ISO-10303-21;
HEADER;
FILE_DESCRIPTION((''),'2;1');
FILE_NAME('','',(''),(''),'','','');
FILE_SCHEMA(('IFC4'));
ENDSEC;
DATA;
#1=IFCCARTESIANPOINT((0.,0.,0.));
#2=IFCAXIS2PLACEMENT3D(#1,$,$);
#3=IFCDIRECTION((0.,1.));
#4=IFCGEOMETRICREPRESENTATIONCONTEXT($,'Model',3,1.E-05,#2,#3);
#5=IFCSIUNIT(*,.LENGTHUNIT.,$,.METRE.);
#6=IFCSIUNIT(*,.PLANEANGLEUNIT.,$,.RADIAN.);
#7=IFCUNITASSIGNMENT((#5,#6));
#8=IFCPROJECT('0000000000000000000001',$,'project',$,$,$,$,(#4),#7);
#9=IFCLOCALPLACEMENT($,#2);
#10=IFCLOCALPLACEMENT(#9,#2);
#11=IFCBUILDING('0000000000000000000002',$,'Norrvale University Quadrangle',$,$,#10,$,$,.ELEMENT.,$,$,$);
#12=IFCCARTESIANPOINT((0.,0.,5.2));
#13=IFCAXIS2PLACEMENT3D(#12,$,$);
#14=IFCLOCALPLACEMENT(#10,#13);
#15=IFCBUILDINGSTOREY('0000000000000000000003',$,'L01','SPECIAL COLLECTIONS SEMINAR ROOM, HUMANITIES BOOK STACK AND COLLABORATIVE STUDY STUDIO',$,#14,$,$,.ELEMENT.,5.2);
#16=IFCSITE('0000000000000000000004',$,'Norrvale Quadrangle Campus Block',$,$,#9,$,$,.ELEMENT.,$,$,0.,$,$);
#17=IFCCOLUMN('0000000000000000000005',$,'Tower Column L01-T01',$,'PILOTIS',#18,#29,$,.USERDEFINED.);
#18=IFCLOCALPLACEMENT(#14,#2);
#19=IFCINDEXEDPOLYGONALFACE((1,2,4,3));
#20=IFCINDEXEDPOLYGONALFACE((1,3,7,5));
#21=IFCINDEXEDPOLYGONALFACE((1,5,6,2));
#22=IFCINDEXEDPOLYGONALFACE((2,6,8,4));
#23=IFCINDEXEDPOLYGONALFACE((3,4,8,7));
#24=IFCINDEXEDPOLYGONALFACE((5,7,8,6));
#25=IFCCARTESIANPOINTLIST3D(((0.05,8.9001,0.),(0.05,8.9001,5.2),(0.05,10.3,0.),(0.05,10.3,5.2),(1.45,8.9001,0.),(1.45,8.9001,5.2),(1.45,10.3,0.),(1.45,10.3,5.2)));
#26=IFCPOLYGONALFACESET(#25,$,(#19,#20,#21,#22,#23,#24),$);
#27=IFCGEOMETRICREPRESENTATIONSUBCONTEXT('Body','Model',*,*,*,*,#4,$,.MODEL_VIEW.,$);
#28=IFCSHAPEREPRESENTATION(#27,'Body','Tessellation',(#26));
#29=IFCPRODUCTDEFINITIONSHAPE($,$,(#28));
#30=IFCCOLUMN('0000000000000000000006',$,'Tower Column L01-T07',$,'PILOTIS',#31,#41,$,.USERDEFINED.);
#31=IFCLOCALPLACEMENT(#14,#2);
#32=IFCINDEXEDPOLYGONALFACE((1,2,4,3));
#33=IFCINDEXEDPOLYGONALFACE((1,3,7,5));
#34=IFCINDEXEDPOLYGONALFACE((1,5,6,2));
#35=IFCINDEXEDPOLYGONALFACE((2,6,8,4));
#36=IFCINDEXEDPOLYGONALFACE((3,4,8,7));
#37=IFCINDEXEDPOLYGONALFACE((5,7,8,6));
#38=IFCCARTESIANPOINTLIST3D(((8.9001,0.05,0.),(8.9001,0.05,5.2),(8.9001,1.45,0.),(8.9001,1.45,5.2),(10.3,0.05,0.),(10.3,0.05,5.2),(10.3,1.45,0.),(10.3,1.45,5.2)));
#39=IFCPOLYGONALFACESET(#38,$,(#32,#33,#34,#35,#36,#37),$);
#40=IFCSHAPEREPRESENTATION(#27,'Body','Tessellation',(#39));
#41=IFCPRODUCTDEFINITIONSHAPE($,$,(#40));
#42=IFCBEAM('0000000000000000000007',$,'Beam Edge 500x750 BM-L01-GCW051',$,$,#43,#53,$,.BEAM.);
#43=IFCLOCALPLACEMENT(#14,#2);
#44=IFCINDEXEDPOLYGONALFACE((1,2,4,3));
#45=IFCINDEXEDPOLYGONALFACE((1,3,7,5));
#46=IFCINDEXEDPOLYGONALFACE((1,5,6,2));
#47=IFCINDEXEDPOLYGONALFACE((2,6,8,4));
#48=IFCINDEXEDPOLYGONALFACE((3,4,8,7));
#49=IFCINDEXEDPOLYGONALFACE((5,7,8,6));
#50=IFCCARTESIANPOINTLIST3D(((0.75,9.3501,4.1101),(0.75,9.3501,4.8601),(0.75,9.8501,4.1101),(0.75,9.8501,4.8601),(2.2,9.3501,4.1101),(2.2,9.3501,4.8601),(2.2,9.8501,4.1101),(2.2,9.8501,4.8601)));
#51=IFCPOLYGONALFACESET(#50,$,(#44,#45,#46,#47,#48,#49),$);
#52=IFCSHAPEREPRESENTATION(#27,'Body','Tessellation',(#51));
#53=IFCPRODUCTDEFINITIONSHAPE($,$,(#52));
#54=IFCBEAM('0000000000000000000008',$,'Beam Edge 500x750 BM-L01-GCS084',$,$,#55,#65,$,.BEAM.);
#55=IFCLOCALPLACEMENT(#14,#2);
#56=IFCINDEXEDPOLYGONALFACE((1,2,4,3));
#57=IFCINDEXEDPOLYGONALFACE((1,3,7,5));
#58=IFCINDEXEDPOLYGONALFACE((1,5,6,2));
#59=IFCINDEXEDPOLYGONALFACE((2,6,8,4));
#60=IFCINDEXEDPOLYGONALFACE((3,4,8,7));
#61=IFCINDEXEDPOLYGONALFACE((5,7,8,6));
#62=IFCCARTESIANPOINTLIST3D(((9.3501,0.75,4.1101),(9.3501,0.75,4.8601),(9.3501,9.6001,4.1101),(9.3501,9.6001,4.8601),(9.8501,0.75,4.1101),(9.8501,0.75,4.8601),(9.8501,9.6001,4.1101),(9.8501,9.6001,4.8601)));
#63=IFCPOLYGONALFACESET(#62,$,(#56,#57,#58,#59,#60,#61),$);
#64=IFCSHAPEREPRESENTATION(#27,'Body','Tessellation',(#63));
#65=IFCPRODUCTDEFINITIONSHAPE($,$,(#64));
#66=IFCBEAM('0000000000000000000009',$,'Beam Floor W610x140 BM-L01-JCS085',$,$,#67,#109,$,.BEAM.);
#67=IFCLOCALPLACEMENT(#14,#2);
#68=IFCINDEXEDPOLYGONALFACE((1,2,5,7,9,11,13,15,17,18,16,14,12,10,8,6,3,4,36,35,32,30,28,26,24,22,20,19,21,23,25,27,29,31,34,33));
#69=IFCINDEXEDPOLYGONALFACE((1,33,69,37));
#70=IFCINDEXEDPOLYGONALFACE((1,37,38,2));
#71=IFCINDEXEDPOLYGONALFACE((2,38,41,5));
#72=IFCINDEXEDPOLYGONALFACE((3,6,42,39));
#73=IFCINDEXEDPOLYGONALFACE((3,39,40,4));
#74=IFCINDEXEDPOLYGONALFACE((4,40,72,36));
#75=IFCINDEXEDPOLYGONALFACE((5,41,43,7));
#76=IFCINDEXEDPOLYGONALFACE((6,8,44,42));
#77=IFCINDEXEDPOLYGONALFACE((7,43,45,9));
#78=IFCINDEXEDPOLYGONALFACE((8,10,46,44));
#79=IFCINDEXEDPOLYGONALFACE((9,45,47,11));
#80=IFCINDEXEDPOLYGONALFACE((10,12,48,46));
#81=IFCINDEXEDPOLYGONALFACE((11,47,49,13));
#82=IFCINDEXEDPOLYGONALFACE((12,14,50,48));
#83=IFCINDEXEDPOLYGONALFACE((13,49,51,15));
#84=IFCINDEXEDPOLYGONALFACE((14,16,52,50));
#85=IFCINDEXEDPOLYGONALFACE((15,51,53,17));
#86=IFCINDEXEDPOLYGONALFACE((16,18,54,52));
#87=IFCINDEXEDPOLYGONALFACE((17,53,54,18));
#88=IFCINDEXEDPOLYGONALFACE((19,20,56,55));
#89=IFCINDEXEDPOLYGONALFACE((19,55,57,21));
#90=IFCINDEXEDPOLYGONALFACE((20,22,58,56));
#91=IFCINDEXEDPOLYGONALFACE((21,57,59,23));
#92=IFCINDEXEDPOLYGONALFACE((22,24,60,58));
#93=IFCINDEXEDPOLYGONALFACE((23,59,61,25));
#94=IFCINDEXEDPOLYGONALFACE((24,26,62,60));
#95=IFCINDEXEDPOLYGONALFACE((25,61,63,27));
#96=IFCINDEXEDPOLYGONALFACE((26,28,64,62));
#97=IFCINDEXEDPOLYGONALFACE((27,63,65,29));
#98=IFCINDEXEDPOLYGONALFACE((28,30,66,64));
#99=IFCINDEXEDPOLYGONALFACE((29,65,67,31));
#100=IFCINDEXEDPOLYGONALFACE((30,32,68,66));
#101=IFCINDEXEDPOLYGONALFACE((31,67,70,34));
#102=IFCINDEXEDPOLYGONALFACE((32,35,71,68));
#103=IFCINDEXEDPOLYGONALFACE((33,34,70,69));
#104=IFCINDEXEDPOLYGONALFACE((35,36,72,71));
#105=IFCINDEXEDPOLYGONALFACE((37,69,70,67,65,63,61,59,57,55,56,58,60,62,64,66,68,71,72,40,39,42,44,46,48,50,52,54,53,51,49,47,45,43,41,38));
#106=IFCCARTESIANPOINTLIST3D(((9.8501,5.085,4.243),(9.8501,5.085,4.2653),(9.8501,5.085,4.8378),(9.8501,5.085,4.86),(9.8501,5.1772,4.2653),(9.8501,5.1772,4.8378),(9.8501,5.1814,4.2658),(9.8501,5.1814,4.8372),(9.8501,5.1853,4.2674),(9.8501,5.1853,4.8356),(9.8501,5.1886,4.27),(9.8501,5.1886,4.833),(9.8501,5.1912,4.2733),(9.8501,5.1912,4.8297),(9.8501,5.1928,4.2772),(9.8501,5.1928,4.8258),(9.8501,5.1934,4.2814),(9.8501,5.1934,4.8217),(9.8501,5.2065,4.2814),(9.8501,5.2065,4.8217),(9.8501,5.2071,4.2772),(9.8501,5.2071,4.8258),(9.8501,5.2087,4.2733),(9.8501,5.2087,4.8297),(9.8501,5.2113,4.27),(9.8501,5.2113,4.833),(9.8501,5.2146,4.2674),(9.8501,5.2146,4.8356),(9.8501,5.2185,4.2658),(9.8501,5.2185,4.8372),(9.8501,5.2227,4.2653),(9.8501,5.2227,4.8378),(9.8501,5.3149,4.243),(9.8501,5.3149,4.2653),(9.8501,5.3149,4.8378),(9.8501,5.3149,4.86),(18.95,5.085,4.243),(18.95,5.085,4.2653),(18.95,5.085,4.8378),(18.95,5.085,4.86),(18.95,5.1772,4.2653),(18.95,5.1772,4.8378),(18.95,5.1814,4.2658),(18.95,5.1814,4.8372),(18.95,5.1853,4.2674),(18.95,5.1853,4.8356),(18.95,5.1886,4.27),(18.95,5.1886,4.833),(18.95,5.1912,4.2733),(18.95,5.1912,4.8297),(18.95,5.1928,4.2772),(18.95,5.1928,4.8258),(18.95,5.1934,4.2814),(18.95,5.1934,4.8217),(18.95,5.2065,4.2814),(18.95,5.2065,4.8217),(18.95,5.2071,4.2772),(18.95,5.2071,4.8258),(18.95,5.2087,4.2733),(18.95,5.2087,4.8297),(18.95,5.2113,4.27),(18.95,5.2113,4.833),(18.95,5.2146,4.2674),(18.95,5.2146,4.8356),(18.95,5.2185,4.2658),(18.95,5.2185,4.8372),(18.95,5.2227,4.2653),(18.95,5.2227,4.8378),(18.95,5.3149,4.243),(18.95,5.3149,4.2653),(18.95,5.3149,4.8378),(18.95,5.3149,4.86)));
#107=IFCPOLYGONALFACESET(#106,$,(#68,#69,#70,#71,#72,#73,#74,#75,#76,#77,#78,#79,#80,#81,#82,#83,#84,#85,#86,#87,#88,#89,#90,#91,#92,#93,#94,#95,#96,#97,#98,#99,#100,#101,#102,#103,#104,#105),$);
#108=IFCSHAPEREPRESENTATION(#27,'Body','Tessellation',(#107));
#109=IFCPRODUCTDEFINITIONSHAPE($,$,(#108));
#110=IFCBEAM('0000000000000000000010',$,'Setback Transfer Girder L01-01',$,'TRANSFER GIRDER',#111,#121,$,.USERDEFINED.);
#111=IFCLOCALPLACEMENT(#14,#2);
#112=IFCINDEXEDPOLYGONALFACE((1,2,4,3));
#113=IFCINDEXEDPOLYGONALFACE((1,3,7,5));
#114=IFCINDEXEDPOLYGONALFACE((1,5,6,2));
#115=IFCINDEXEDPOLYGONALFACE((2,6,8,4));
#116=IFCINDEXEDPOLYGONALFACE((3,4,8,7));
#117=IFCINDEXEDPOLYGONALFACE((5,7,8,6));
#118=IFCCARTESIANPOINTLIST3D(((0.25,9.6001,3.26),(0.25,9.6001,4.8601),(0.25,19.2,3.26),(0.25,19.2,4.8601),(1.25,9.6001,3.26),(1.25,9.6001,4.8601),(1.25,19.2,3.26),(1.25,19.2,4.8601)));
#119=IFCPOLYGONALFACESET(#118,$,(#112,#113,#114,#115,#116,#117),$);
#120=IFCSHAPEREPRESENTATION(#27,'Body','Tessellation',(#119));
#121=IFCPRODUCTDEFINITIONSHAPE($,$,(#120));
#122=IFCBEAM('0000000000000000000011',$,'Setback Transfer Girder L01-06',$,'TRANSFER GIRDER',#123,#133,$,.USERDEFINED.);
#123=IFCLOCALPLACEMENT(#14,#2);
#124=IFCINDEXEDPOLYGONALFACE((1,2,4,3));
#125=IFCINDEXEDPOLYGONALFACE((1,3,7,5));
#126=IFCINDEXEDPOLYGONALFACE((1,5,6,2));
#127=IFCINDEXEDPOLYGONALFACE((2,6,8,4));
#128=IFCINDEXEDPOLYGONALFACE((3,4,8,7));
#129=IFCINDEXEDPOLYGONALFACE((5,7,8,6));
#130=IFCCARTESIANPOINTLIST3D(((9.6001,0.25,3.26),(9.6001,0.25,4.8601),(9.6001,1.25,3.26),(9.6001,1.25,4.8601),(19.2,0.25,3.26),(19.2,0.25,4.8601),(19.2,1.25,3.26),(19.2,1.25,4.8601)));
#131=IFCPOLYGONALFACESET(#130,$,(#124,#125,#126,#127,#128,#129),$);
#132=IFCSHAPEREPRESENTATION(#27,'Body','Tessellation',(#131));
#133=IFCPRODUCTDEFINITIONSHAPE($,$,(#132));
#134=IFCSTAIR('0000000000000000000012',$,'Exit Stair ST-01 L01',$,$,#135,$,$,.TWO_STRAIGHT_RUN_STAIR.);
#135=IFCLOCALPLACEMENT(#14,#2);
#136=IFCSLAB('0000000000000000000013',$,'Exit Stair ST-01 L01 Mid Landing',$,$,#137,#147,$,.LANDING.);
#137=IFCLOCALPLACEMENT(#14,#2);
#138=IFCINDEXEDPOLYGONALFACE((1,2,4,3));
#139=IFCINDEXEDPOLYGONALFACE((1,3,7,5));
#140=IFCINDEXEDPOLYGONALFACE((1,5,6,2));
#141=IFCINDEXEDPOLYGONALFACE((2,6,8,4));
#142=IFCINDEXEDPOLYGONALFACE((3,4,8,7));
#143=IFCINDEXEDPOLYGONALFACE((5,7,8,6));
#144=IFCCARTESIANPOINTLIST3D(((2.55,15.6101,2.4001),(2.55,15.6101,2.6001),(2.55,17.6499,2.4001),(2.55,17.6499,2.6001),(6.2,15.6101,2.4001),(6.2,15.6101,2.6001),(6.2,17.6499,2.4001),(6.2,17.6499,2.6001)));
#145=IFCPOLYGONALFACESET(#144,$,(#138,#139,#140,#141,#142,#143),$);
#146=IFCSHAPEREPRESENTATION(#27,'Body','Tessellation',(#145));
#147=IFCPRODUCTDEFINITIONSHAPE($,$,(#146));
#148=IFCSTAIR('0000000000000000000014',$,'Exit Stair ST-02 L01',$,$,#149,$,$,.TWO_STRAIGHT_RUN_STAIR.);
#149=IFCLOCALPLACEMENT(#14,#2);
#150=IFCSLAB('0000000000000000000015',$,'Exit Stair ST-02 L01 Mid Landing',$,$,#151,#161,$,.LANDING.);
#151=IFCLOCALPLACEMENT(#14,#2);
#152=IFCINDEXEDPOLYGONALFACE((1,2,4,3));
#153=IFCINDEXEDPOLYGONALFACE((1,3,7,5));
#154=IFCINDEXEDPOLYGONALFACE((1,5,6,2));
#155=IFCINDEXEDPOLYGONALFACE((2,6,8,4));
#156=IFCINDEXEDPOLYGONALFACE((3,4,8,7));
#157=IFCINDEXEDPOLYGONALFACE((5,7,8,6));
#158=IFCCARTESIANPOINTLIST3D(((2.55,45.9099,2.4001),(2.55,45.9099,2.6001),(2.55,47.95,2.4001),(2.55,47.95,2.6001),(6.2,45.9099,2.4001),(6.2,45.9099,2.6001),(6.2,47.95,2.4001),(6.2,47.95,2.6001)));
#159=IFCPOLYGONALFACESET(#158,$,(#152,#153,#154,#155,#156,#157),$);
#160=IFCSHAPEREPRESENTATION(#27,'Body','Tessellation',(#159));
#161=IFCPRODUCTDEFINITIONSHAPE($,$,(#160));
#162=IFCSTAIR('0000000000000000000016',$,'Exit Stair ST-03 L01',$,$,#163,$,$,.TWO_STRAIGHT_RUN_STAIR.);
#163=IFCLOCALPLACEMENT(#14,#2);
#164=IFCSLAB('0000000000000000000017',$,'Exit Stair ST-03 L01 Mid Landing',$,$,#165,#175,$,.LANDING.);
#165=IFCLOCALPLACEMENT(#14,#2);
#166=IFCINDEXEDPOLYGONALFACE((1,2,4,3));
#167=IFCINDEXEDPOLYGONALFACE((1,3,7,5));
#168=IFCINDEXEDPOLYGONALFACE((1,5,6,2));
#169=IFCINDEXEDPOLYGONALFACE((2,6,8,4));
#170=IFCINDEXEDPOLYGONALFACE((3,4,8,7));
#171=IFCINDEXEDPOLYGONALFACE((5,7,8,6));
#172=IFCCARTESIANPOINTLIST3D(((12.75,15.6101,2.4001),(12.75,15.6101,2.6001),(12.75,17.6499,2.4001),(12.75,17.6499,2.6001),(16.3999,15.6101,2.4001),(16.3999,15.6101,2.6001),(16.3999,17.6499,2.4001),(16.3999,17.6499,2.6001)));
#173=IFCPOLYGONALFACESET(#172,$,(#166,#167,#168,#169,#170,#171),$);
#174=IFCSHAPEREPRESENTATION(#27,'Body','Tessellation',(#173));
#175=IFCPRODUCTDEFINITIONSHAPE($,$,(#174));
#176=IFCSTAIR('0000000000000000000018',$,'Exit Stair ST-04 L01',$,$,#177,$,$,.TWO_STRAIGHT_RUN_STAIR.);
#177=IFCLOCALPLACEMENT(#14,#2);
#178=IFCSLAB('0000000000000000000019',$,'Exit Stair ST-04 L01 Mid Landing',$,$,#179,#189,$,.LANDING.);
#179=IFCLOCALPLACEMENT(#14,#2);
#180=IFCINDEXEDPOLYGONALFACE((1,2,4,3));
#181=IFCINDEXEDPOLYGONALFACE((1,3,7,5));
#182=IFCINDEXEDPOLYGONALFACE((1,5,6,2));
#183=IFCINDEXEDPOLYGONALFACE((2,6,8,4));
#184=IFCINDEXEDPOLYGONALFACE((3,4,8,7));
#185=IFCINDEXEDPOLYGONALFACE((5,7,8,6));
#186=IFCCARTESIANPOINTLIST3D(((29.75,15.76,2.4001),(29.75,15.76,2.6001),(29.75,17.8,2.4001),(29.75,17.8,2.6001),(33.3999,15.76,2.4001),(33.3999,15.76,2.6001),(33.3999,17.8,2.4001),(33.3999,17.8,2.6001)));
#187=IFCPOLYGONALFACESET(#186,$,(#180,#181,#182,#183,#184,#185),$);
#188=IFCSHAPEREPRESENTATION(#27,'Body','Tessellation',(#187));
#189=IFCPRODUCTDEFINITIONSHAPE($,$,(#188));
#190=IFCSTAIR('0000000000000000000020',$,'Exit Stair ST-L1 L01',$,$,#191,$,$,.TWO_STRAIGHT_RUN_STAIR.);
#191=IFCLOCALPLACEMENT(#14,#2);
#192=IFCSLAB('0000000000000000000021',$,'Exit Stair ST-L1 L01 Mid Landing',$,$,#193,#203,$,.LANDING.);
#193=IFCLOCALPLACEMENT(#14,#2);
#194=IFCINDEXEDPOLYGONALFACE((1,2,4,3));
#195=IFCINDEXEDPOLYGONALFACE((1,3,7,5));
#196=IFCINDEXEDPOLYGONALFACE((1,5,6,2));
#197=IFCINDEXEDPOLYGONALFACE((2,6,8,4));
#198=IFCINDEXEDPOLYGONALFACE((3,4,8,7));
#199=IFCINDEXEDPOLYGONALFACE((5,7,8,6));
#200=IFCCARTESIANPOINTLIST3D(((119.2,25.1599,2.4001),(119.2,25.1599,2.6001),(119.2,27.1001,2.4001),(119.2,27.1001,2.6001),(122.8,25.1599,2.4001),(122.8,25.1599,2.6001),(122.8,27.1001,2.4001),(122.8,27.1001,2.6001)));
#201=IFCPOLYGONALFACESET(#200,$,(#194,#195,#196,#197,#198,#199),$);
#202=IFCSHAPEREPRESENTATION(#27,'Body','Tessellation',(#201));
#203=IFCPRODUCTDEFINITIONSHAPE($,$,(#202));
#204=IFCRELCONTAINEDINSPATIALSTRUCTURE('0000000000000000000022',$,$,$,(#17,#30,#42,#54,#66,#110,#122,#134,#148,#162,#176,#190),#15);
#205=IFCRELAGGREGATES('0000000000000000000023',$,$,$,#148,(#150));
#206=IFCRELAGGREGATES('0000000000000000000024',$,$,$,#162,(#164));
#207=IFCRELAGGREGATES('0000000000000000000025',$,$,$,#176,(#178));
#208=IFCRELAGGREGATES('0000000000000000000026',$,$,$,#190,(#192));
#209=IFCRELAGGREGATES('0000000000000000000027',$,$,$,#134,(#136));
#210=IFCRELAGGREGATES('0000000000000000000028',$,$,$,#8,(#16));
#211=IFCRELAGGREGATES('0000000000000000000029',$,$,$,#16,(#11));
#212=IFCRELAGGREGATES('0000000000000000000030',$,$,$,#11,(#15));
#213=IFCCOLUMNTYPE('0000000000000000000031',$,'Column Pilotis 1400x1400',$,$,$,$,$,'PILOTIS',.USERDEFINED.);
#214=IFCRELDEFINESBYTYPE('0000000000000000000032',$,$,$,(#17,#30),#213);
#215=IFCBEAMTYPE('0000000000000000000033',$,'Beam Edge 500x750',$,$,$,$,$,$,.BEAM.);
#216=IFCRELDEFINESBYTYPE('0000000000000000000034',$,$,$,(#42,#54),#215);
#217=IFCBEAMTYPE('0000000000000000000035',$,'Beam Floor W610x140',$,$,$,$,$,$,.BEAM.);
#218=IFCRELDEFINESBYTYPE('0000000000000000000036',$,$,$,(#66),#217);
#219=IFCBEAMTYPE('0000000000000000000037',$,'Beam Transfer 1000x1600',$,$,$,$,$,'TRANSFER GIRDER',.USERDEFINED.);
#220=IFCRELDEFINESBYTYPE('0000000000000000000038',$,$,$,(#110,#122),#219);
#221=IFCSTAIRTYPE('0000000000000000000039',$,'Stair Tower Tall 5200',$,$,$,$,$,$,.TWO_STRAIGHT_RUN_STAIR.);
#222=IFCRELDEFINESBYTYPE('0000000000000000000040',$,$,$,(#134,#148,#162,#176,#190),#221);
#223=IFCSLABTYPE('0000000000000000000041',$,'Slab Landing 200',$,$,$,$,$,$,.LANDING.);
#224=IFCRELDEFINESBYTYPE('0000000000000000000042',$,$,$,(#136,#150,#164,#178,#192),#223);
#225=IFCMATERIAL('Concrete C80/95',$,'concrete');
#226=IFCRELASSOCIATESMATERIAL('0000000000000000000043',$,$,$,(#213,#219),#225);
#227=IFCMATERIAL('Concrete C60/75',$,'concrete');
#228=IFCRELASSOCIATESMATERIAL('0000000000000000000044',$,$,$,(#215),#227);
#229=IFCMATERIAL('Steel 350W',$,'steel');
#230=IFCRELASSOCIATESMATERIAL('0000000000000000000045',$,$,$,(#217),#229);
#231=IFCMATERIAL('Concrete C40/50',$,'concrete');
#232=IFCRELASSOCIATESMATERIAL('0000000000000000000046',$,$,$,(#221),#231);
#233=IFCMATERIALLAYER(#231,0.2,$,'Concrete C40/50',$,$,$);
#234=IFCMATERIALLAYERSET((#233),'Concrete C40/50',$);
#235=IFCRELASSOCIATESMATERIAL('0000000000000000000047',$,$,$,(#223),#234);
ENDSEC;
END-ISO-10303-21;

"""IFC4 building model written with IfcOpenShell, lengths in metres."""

from ifc_helpers import new_model, si_unit, direction, frame, origin, origin_2d, place, context, subcontext, project, spatial, polyline, rectangle, i_section, outline, extrude, material, layer, layer_set, material_profile, profile_set, type_object, element, aggregate, save


model = new_model("IFC4")

# Units and contexts
model_context = context("Model", 3, precision=1e-05, world=origin(), true_north=direction((0.0, 1.0)))
body_context = subcontext(model_context, "Body", "Model", "MODEL_VIEW")
ifc_project = project(units=[si_unit("LENGTHUNIT", "METRE"), si_unit("PLANEANGLEUNIT", "RADIAN")], contexts=[model_context])

# Site, building, storey
site_placement = place(None, origin())
site = spatial("IfcSite", under=ifc_project, at=site_placement, Name="Norrvale Quadrangle Campus Block", CompositionType="ELEMENT", RefElevation=0.0)
building_placement = place(site_placement, origin())
building = spatial("IfcBuilding", under=site, at=building_placement, Name="Norrvale University Quadrangle", CompositionType="ELEMENT")
storey_placement = place(building_placement, frame((0.0, 0.0, 5.2)))
storey = spatial("IfcBuildingStorey", under=building, at=storey_placement, Name="L01", Description="SPECIAL COLLECTIONS SEMINAR ROOM, HUMANITIES BOOK STACK AND COLLABORATIVE STUDY STUDIO", CompositionType="ELEMENT", Elevation=5.2)

# Columns
ifc_material_1 = material(Name="Concrete C80/95", Category="concrete")
ifc_material_profile_1 = material_profile(ifc_material_1, rectangle(XDim=1.3999, YDim=1.3999, at=origin_2d()), Name="Concrete C80/95")
ifc_profile_set_1 = profile_set([ifc_material_profile_1], Name="Concrete C80/95")
column_type = type_object("IfcColumnType", Name="Column Pilotis 1400x1400", ElementType="PILOTIS", PredefinedType="USERDEFINED", material=ifc_profile_set_1)
for number, where, z_axis, x_axis, name in (
    (1, (0.75, 9.6001, 0.0), (0.0, 0.0, 1.0), (1.0, 0.0, 0.0), "Tower Column L01-T01"),
    (2, (9.6001, 0.75, 0.0), (0.0, 0.0, 1.0), (1.0, 0.0, 0.0), "Tower Column L01-T07"),
):
    element("IfcColumn", number, at=place(storey_placement, frame(where, z_axis=z_axis, x_axis=x_axis)), inside=storey, type_object=column_type, Name=name, ObjectType="PILOTIS", PredefinedType="USERDEFINED", context=body_context, shape_type="SweptSolid", body=[
        extrude(rectangle(XDim=1.3999, YDim=1.3999, at=origin_2d()), origin(), (0.0, 0.0, 1.0), 5.2),
    ])

# Beams
ifc_material_2 = material(Name="Concrete C60/75", Category="concrete")
ifc_material_profile_2 = material_profile(ifc_material_2, rectangle(XDim=0.5, YDim=0.75, at=origin_2d()), Name="Concrete C60/75")
ifc_profile_set_2 = profile_set([ifc_material_profile_2], Name="Concrete C60/75")
beam_type_1 = type_object("IfcBeamType", Name="Beam Edge 500x750", PredefinedType="BEAM", material=ifc_profile_set_2)
beam_1_placement = place(storey_placement, frame((0.75, 9.6001, 4.4851), z_axis=(1.0, 0.0, 0.0), x_axis=(0.0, 1.0, 0.0)))
element("IfcBeam", 3, at=beam_1_placement, inside=storey, type_object=beam_type_1, Name="Beam Edge 500x750 BM-L01-GCW051", PredefinedType="BEAM", context=body_context, shape_type="SweptSolid", body=[
    extrude(rectangle(XDim=0.5, YDim=0.75, at=origin_2d()), origin(), (0.0, 0.0, 1.0), 1.45),
])
beam_2_placement = place(storey_placement, frame((9.6001, 0.75, 4.4851), z_axis=(0.0, 1.0, 0.0), x_axis=(-1.0, 0.0, 0.0)))
element("IfcBeam", 4, at=beam_2_placement, inside=storey, type_object=beam_type_1, Name="Beam Edge 500x750 BM-L01-GCS084", PredefinedType="BEAM", context=body_context, shape_type="SweptSolid", body=[
    extrude(rectangle(XDim=0.5, YDim=0.75, at=origin_2d()), origin(), (0.0, 0.0, 1.0), 8.8501),
])
ifc_material_3 = material(Name="Steel 350W", Category="steel")
ifc_material_profile_3 = material_profile(ifc_material_3, i_section(OverallWidth=0.23, OverallDepth=0.6169, WebThickness=0.0132, FlangeThickness=0.0222, FilletRadius=0.0161, at=origin_2d()), Name="Steel 350W")
ifc_profile_set_3 = profile_set([ifc_material_profile_3], Name="Steel 350W")
beam_type_2 = type_object("IfcBeamType", Name="Beam Floor W610x140", PredefinedType="BEAM", material=ifc_profile_set_3)
beam_3_placement = place(storey_placement, frame((9.8501, 5.2, 4.5515), z_axis=(1.0, 0.0, 0.0), x_axis=(0.0, 1.0, 0.0)))
element("IfcBeam", 5, at=beam_3_placement, inside=storey, type_object=beam_type_2, Name="Beam Floor W610x140 BM-L01-JCS085", PredefinedType="BEAM", context=body_context, shape_type="SweptSolid", body=[
    extrude(i_section(OverallWidth=0.23, OverallDepth=0.6169, WebThickness=0.0132, FlangeThickness=0.0222, FilletRadius=0.0161, at=origin_2d()), origin(), (0.0, 0.0, 1.0), 9.0999),
])
ifc_material_profile_4 = material_profile(ifc_material_1, rectangle(XDim=1.0, YDim=1.6001, at=origin_2d()), Name="Concrete C80/95")
ifc_profile_set_4 = profile_set([ifc_material_profile_4], Name="Concrete C80/95")
beam_type_3 = type_object("IfcBeamType", Name="Beam Transfer 1000x1600", ElementType="TRANSFER GIRDER", PredefinedType="USERDEFINED", material=ifc_profile_set_4)
for number, where, z_axis, x_axis, name in (
    (6, (0.75, 9.6001, 4.0601), (0.0, 1.0, 0.0), (-1.0, 0.0, 0.0), "Setback Transfer Girder L01-01"),
    (7, (9.6001, 0.75, 4.0601), (1.0, 0.0, 0.0), (0.0, 1.0, 0.0), "Setback Transfer Girder L01-06"),
):
    element("IfcBeam", number, at=place(storey_placement, frame(where, z_axis=z_axis, x_axis=x_axis)), inside=storey, type_object=beam_type_3, Name=name, ObjectType="TRANSFER GIRDER", PredefinedType="USERDEFINED", context=body_context, shape_type="SweptSolid", body=[
        extrude(rectangle(XDim=1.0, YDim=1.6001, at=origin_2d()), origin(), (0.0, 0.0, 1.0), 9.5999),
    ])

# Stairs, slabs
ifc_material_4 = material(Name="Concrete C40/50", Category="concrete")
stair_type = type_object("IfcStairType", Name="Stair Tower Tall 5200", PredefinedType="TWO_STRAIGHT_RUN_STAIR", material=ifc_material_4)
stair_1_placement = place(storey_placement, origin())
stair_1 = element("IfcStair", 8, at=stair_1_placement, inside=storey, type_object=stair_type, Name="Exit Stair ST-01 L01", PredefinedType="TWO_STRAIGHT_RUN_STAIR")
ifc_layer_1 = layer(ifc_material_4, 0.2, Name="Concrete C40/50")
ifc_layer_set_1 = layer_set([ifc_layer_1], Name="Concrete C40/50")
slab_type_1 = type_object("IfcSlabType", Name="Slab Landing 200", PredefinedType="LANDING", material=ifc_layer_set_1)
slab_1_placement = place(storey_placement, frame((0.0, 0.0, 2.4001)))
slab_1 = element("IfcSlab", 9, at=slab_1_placement, type_object=slab_type_1, Name="Exit Stair ST-01 L01 Mid Landing", PredefinedType="LANDING", context=body_context, shape_type="SweptSolid", body=[
    extrude(outline(polyline([(2.55, 15.6101), (6.2, 15.6101), (6.2, 17.6499), (2.55, 17.6499), (2.55, 15.6101)])), origin(), (0.0, 0.0, 1.0), 0.2),
])
stair_2_placement = place(storey_placement, origin())
stair_2 = element("IfcStair", 10, at=stair_2_placement, inside=storey, type_object=stair_type, Name="Exit Stair ST-02 L01", PredefinedType="TWO_STRAIGHT_RUN_STAIR")
slab_2_placement = place(storey_placement, frame((0.0, 0.0, 2.4001)))
slab_2 = element("IfcSlab", 11, at=slab_2_placement, type_object=slab_type_1, Name="Exit Stair ST-02 L01 Mid Landing", PredefinedType="LANDING", context=body_context, shape_type="SweptSolid", body=[
    extrude(outline(polyline([(2.55, 45.9099), (6.2, 45.9099), (6.2, 47.95), (2.55, 47.95), (2.55, 45.9099)])), origin(), (0.0, 0.0, 1.0), 0.2),
])
aggregate(stair_2, [slab_2])
stair_3_placement = place(storey_placement, origin())
stair_3 = element("IfcStair", 12, at=stair_3_placement, inside=storey, type_object=stair_type, Name="Exit Stair ST-03 L01", PredefinedType="TWO_STRAIGHT_RUN_STAIR")
slab_3_placement = place(storey_placement, frame((0.0, 0.0, 2.4001)))
slab_3 = element("IfcSlab", 13, at=slab_3_placement, type_object=slab_type_1, Name="Exit Stair ST-03 L01 Mid Landing", PredefinedType="LANDING", context=body_context, shape_type="SweptSolid", body=[
    extrude(outline(polyline([(12.75, 15.6101), (16.3999, 15.6101), (16.3999, 17.6499), (12.75, 17.6499), (12.75, 15.6101)])), origin(), (0.0, 0.0, 1.0), 0.2),
])
aggregate(stair_3, [slab_3])
stair_4_placement = place(storey_placement, origin())
stair_4 = element("IfcStair", 14, at=stair_4_placement, inside=storey, type_object=stair_type, Name="Exit Stair ST-04 L01", PredefinedType="TWO_STRAIGHT_RUN_STAIR")
slab_4_placement = place(storey_placement, frame((0.0, 0.0, 2.4001)))
slab_4 = element("IfcSlab", 15, at=slab_4_placement, type_object=slab_type_1, Name="Exit Stair ST-04 L01 Mid Landing", PredefinedType="LANDING", context=body_context, shape_type="SweptSolid", body=[
    extrude(outline(polyline([(29.75, 15.76), (33.3999, 15.76), (33.3999, 17.8), (29.75, 17.8), (29.75, 15.76)])), origin(), (0.0, 0.0, 1.0), 0.2),
])
aggregate(stair_4, [slab_4])
stair_5_placement = place(storey_placement, origin())
stair_5 = element("IfcStair", 16, at=stair_5_placement, inside=storey, type_object=stair_type, Name="Exit Stair ST-L1 L01", PredefinedType="TWO_STRAIGHT_RUN_STAIR")
slab_5_placement = place(storey_placement, frame((0.0, 0.0, 2.4001)))
slab_5 = element("IfcSlab", 17, at=slab_5_placement, type_object=slab_type_1, Name="Exit Stair ST-L1 L01 Mid Landing", PredefinedType="LANDING", context=body_context, shape_type="SweptSolid", body=[
    extrude(outline(polyline([(119.2, 25.1599), (122.8, 25.1599), (122.8, 27.1001), (119.2, 27.1001), (119.2, 25.1599)])), origin(), (0.0, 0.0, 1.0), 0.2),
])
aggregate(stair_5, [slab_5])

aggregate(stair_1, [slab_1])

save(model, "model.ifc")
